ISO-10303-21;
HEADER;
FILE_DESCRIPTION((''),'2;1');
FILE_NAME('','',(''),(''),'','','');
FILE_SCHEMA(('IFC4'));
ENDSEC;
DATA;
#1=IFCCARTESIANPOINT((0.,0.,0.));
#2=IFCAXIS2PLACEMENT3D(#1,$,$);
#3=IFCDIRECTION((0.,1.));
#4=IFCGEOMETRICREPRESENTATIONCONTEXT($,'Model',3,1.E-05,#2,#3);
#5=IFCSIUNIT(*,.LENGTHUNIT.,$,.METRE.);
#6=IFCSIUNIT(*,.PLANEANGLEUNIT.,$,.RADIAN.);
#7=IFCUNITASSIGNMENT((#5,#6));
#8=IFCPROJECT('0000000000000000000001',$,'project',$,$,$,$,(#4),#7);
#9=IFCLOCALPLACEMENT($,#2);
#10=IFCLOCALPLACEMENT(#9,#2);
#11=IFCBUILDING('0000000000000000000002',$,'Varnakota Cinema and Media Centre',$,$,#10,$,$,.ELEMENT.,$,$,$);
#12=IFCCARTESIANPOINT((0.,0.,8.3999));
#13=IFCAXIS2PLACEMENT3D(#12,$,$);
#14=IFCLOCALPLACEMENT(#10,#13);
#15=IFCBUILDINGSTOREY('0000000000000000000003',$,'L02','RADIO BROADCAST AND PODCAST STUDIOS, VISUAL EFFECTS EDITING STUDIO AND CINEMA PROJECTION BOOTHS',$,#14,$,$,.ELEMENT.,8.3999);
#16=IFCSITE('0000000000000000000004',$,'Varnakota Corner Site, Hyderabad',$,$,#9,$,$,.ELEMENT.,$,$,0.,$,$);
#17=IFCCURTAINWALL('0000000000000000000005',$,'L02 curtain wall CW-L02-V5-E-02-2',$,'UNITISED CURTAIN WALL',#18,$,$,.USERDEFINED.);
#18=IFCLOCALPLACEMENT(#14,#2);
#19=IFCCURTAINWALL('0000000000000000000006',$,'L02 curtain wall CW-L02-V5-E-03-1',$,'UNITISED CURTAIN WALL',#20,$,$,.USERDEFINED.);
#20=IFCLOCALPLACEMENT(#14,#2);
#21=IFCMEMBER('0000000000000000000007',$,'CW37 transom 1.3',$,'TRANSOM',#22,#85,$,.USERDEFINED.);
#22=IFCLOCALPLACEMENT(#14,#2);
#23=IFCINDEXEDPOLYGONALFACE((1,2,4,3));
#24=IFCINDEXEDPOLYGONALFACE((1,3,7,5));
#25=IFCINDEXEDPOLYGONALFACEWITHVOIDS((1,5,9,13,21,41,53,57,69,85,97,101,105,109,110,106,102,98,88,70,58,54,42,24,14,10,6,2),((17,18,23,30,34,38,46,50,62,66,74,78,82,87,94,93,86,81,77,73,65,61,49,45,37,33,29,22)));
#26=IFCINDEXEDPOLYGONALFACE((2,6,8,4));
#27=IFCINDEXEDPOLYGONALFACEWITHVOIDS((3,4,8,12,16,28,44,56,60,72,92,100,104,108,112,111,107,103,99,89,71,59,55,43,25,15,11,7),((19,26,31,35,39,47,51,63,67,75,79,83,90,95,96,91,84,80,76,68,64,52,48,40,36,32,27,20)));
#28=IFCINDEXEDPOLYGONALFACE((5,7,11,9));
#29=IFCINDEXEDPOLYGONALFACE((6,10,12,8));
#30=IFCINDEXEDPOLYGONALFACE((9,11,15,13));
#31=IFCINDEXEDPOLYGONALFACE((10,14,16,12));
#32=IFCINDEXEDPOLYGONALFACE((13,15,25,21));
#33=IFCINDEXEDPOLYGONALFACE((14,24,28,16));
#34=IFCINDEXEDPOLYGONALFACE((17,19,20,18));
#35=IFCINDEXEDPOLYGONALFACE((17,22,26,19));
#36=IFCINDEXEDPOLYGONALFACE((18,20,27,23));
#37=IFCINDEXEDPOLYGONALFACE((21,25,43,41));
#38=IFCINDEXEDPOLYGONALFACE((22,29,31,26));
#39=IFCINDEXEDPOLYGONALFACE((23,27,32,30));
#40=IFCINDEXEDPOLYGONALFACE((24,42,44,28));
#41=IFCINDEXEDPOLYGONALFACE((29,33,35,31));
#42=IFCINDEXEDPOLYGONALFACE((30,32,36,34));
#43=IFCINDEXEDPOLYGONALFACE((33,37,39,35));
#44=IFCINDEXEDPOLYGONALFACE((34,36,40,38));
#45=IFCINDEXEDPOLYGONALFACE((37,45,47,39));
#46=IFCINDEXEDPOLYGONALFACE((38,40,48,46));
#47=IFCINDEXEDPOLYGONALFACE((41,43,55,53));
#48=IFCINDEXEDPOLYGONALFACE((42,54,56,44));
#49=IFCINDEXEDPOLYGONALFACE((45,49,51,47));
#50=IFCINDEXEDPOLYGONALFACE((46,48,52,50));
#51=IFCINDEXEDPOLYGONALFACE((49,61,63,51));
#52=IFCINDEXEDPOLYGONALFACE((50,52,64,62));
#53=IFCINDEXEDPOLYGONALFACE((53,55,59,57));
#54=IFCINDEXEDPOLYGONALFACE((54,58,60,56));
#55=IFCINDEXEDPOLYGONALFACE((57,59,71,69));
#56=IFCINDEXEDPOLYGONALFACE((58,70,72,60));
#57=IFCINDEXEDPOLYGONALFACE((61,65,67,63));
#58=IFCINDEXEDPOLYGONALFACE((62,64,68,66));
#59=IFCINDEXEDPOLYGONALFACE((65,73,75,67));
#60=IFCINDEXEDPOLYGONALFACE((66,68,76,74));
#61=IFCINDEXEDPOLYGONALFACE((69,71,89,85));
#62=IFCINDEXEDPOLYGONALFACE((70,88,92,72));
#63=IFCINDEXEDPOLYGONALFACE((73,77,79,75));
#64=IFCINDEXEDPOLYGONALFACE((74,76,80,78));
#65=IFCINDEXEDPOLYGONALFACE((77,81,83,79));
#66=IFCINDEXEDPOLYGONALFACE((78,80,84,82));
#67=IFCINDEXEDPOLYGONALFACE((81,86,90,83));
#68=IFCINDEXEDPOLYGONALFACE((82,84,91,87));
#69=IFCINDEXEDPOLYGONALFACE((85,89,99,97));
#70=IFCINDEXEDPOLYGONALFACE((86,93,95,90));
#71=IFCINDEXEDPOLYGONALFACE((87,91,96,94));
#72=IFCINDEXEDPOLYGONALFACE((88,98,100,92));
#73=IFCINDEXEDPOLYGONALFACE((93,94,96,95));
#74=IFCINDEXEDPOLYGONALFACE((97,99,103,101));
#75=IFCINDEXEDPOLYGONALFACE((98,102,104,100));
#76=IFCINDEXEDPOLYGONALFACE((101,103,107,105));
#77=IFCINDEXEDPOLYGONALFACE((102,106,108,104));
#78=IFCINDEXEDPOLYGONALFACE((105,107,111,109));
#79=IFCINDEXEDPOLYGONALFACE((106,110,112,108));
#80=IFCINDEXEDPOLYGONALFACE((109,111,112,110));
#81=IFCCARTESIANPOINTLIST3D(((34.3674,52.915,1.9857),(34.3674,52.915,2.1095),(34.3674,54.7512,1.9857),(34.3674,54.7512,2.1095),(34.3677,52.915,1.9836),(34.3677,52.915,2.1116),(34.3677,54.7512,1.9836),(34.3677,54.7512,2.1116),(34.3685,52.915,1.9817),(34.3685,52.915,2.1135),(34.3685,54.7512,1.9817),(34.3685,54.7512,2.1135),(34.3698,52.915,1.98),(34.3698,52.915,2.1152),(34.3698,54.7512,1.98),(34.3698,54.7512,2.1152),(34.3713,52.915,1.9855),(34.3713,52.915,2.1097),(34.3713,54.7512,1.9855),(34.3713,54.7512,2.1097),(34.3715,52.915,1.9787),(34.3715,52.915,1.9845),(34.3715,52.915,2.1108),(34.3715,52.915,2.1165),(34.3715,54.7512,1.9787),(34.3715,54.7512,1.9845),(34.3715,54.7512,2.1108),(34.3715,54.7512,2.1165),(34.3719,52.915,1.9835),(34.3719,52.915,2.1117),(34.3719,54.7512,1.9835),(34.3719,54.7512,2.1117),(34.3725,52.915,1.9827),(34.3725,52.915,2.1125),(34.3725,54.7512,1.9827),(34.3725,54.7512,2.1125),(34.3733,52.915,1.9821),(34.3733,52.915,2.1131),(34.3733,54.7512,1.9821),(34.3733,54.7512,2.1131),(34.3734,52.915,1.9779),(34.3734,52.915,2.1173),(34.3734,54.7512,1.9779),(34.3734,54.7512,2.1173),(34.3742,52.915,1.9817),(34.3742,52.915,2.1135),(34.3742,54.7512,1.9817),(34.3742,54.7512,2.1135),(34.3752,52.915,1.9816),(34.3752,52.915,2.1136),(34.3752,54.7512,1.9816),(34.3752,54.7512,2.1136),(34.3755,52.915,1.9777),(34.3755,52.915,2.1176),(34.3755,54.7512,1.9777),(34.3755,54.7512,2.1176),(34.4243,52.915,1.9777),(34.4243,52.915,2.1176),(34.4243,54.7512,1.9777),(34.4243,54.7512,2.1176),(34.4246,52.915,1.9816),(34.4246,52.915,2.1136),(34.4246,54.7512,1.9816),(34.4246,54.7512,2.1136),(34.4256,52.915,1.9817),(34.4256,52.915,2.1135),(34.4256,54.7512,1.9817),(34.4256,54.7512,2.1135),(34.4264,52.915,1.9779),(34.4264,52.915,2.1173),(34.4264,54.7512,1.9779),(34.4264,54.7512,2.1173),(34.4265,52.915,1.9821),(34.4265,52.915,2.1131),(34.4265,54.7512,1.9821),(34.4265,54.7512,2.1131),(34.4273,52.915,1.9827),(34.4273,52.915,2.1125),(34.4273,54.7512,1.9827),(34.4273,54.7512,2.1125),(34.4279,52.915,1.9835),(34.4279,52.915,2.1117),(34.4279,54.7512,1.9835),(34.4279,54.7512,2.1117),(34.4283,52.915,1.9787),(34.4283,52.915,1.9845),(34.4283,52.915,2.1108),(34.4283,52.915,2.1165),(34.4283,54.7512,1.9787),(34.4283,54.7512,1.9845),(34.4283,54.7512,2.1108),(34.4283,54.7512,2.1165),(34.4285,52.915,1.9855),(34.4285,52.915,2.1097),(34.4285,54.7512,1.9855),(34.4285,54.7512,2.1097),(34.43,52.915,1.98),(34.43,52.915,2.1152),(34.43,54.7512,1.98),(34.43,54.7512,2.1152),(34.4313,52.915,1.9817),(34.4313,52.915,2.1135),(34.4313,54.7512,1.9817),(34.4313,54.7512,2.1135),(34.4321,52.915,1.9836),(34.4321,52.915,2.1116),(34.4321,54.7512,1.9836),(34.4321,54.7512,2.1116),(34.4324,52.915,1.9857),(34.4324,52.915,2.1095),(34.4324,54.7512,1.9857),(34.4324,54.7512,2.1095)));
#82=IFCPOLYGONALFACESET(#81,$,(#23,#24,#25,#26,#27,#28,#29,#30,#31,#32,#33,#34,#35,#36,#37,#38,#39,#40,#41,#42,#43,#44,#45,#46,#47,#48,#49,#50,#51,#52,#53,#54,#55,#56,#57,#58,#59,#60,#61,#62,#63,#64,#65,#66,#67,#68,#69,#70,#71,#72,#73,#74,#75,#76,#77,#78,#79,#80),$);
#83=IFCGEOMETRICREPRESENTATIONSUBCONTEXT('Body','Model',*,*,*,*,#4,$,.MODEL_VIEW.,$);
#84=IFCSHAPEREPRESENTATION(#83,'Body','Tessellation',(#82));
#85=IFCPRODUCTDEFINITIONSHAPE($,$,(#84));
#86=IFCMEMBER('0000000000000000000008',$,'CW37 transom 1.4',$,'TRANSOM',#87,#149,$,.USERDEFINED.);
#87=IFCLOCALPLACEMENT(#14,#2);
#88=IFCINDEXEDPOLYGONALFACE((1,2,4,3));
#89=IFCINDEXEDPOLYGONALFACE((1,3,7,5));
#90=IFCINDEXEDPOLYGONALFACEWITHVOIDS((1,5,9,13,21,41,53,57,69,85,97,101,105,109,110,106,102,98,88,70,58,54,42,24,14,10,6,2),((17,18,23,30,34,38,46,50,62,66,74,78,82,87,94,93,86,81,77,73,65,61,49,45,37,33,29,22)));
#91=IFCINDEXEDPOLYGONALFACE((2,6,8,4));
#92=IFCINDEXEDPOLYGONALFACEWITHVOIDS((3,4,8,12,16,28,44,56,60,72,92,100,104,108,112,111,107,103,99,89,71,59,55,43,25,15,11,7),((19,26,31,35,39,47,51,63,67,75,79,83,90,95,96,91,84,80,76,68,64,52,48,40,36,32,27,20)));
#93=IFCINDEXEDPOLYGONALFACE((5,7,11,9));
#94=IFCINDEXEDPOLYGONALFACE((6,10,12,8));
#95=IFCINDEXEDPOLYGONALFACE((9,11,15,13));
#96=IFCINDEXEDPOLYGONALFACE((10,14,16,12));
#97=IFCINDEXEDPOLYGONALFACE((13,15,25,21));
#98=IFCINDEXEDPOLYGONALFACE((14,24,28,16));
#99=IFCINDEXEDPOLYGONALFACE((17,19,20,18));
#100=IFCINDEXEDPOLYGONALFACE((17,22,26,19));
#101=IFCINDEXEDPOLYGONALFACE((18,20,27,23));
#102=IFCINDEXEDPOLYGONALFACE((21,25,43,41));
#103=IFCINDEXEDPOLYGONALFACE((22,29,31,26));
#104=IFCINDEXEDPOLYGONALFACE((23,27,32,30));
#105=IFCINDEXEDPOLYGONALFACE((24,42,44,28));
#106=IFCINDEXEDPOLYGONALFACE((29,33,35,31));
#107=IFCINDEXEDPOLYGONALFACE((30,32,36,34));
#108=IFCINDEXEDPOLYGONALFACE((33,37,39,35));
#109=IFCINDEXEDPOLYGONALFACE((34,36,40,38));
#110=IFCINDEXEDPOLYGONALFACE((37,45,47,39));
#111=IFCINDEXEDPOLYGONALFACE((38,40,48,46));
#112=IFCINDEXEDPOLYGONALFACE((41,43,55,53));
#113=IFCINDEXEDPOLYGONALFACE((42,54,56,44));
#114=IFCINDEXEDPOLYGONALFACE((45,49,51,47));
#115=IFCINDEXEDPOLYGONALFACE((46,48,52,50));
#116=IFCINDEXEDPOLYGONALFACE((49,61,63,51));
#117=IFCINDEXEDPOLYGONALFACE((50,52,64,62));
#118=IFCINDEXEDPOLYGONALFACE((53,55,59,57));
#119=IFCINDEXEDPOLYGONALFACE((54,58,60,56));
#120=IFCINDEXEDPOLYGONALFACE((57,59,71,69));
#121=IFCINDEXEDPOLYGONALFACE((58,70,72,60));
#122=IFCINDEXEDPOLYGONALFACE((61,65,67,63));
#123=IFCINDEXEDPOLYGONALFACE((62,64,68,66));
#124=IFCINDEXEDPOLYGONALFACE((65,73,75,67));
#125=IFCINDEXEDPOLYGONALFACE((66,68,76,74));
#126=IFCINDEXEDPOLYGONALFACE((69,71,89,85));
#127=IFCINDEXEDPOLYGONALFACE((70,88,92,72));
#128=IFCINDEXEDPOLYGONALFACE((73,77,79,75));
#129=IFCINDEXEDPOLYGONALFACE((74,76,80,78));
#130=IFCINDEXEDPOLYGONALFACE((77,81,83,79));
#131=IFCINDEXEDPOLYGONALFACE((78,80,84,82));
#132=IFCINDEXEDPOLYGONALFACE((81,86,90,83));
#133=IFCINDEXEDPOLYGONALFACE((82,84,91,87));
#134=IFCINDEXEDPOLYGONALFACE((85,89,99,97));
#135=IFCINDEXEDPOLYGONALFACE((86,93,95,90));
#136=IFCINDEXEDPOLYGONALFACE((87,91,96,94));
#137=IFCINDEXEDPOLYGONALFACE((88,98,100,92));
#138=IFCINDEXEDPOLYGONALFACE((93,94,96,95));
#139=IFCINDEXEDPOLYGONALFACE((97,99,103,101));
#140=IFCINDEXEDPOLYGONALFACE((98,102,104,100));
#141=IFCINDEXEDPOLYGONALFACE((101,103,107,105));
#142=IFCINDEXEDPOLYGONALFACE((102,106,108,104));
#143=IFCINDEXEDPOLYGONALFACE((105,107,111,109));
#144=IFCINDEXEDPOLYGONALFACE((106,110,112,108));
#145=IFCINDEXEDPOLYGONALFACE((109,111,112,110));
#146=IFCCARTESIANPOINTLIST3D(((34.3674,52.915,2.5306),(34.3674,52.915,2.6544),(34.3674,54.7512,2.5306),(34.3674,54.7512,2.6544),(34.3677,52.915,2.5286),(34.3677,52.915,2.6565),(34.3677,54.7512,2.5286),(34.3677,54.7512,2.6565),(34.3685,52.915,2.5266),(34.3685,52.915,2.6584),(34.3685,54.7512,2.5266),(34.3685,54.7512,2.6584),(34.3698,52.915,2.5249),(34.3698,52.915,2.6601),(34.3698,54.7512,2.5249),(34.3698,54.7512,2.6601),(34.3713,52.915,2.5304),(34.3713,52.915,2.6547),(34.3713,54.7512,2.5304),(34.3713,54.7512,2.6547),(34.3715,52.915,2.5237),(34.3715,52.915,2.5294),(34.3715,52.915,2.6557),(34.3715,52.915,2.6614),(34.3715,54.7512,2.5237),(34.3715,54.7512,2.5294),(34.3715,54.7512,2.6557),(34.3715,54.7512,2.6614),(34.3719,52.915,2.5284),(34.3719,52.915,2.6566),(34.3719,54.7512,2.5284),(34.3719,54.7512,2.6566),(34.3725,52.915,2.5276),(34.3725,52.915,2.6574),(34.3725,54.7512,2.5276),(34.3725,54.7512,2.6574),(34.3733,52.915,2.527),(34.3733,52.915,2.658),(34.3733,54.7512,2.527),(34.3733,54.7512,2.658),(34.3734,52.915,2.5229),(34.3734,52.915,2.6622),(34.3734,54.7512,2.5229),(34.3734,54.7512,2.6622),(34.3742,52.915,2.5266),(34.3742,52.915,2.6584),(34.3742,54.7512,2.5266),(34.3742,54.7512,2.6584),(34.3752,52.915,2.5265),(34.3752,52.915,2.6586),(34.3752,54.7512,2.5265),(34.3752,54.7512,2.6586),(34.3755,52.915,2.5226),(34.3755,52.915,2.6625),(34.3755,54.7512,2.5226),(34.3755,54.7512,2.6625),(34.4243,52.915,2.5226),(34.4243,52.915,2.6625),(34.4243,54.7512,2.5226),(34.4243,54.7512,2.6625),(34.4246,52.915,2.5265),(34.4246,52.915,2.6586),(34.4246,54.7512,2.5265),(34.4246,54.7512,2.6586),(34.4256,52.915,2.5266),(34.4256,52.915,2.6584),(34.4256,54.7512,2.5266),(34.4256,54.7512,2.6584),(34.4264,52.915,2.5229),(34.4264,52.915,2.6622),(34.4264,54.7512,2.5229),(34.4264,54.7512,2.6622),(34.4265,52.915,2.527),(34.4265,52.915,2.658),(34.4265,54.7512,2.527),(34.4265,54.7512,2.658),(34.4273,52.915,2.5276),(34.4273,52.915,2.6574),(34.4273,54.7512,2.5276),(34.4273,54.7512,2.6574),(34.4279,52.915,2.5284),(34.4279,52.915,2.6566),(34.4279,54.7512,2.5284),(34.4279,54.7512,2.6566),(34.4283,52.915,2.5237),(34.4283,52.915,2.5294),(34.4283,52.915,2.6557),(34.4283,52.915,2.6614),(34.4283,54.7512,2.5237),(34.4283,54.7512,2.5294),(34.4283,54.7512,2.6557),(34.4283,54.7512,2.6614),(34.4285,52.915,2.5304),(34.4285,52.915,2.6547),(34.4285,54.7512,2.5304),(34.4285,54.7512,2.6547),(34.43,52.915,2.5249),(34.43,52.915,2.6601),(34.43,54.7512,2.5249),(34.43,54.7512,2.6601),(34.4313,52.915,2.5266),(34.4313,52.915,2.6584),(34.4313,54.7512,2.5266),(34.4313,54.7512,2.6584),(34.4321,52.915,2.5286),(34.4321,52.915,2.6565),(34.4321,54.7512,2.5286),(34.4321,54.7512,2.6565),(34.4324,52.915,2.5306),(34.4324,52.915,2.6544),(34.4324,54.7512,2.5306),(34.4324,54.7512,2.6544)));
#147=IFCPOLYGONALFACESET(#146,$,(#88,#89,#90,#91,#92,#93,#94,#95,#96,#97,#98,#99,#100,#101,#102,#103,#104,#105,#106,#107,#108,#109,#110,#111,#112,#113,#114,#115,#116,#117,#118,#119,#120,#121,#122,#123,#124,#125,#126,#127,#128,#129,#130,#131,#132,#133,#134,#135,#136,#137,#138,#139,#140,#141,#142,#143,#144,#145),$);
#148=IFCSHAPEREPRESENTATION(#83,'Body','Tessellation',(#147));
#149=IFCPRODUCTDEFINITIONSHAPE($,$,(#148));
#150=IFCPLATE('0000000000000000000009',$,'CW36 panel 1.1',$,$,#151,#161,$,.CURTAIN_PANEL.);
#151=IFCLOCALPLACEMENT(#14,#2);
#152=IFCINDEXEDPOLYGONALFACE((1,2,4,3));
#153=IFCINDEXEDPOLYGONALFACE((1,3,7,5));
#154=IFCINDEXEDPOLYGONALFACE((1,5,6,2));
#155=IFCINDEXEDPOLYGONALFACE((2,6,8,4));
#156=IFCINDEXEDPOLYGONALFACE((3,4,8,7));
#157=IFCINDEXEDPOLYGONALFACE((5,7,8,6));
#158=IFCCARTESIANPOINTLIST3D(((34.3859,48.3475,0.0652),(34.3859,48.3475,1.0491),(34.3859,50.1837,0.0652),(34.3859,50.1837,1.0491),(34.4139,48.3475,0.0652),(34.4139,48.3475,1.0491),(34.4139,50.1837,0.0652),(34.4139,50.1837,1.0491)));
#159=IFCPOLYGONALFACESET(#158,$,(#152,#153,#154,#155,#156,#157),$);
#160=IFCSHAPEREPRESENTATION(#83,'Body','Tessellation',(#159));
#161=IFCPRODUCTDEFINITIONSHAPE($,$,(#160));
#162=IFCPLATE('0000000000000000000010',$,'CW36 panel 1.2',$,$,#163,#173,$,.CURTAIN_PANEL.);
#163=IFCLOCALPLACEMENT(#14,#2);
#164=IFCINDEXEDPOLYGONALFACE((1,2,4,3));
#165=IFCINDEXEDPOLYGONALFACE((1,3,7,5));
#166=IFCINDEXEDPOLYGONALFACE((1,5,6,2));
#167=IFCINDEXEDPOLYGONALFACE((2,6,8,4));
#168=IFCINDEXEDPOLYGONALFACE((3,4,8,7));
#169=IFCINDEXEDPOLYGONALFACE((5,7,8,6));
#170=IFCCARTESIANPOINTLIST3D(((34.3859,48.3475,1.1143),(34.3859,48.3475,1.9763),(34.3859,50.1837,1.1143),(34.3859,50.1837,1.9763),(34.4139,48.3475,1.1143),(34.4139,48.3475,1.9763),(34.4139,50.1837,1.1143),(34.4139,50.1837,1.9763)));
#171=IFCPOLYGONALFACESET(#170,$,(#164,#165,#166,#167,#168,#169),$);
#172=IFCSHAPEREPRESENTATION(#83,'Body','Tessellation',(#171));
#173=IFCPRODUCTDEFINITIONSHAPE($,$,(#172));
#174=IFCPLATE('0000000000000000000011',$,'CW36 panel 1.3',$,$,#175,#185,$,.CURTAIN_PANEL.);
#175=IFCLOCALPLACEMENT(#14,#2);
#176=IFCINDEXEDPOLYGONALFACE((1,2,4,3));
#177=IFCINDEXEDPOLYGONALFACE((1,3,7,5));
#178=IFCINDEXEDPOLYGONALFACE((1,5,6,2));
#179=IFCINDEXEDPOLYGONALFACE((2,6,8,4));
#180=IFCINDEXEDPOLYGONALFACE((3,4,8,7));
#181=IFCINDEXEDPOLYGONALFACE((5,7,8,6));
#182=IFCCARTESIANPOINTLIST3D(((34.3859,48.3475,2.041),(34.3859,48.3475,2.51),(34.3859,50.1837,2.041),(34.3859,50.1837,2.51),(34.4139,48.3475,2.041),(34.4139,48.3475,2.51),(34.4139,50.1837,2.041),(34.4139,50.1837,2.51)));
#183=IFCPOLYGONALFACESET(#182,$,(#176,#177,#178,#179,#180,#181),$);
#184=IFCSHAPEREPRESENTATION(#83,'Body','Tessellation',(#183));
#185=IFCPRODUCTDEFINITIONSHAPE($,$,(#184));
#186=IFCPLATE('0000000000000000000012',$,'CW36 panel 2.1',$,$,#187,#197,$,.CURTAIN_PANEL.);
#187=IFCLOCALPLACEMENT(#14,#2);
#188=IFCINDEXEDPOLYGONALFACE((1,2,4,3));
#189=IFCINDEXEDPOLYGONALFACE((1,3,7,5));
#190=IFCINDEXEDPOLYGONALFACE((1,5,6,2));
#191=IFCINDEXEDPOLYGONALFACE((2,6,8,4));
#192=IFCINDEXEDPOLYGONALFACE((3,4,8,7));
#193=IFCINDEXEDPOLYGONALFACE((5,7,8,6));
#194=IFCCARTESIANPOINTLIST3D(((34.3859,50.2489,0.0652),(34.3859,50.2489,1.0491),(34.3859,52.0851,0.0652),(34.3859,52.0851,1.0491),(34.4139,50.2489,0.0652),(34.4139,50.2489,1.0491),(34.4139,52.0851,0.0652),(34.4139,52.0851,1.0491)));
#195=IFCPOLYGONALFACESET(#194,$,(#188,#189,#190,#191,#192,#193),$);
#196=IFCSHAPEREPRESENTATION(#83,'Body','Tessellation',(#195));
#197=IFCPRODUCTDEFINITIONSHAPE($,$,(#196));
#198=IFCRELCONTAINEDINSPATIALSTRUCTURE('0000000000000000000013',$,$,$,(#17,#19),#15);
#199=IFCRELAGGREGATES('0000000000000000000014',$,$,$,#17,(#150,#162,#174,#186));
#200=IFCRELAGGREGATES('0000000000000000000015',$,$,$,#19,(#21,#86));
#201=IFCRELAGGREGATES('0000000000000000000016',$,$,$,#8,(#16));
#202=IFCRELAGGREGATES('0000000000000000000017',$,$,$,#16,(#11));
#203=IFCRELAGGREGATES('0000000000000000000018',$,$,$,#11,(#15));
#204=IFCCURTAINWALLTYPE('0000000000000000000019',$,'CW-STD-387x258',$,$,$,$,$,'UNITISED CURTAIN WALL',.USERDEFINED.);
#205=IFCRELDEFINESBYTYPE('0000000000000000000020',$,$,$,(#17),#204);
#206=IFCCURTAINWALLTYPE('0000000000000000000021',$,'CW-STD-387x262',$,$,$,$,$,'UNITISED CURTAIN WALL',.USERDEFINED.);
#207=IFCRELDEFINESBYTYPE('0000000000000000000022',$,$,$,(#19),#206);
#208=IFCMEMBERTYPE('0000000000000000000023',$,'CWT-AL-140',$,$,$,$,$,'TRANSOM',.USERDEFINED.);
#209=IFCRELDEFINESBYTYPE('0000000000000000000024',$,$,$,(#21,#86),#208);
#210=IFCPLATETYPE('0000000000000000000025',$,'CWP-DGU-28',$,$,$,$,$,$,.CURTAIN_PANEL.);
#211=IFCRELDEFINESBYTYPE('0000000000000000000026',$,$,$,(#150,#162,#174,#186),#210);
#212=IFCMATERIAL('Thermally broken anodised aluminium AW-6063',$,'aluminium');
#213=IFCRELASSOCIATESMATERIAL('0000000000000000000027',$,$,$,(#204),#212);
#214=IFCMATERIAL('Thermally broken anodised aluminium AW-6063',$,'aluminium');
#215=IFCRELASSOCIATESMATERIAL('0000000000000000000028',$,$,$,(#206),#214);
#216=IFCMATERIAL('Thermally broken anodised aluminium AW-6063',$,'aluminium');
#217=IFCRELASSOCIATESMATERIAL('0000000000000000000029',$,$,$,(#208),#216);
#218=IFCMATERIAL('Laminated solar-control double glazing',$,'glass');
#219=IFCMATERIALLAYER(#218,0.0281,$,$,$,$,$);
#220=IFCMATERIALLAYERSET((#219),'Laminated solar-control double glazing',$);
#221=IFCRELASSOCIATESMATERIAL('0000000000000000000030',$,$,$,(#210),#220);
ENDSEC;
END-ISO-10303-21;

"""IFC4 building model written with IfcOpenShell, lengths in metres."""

from ifc_helpers import new_model, si_unit, direction, frame, origin, origin_2d, place, context, subcontext, project, spatial, rectangle, hollow_rectangle, extrude, material, layer, layer_set, material_profile, profile_set, type_object, element, aggregate, save


model = new_model("IFC4")

# Units and contexts
model_context = context("Model", 3, precision=1e-05, world=origin(), true_north=direction((0.0, 1.0)))
body_context = subcontext(model_context, "Body", "Model", "MODEL_VIEW")
ifc_project = project(units=[si_unit("LENGTHUNIT", "METRE"), si_unit("PLANEANGLEUNIT", "RADIAN")], contexts=[model_context])

# Site, building, storey
site_placement = place(None, origin())
site = spatial("IfcSite", under=ifc_project, at=site_placement, Name="Varnakota Corner Site, Hyderabad", CompositionType="ELEMENT", RefElevation=0.0)
building_placement = place(site_placement, origin())
building = spatial("IfcBuilding", under=site, at=building_placement, Name="Varnakota Cinema and Media Centre", CompositionType="ELEMENT")
storey_placement = place(building_placement, frame((0.0, 0.0, 8.3999)))
storey = spatial("IfcBuildingStorey", under=building, at=storey_placement, Name="L02", Description="RADIO BROADCAST AND PODCAST STUDIOS, VISUAL EFFECTS EDITING STUDIO AND CINEMA PROJECTION BOOTHS", CompositionType="ELEMENT", Elevation=8.3999)

# Curtain walls
ifc_material_1 = material(Name="Thermally broken anodised aluminium AW-6063", Category="aluminium")
curtain_wall_type_1 = type_object("IfcCurtainWallType", Name="CW-STD-387x258", ElementType="UNITISED CURTAIN WALL", PredefinedType="USERDEFINED", material=ifc_material_1)
curtain_wall_1_placement = place(storey_placement, origin())
curtain_wall_1 = element("IfcCurtainWall", 1, at=curtain_wall_1_placement, inside=storey, type_object=curtain_wall_type_1, Name="L02 curtain wall CW-L02-V5-E-02-2", ObjectType="UNITISED CURTAIN WALL", PredefinedType="USERDEFINED")
ifc_material_2 = material(Name="Thermally broken anodised aluminium AW-6063", Category="aluminium")
curtain_wall_type_2 = type_object("IfcCurtainWallType", Name="CW-STD-387x262", ElementType="UNITISED CURTAIN WALL", PredefinedType="USERDEFINED", material=ifc_material_2)
curtain_wall_2_placement = place(storey_placement, origin())
curtain_wall_2 = element("IfcCurtainWall", 2, at=curtain_wall_2_placement, inside=storey, type_object=curtain_wall_type_2, Name="L02 curtain wall CW-L02-V5-E-03-1", ObjectType="UNITISED CURTAIN WALL", PredefinedType="USERDEFINED")

# Members
ifc_material_3 = material(Name="Thermally broken anodised aluminium AW-6063", Category="aluminium")
ifc_material_profile_1 = material_profile(ifc_material_3, hollow_rectangle(XDim=0.0649, YDim=0.1399, WallThickness=0.0039, InnerFilletRadius=0.0039, OuterFilletRadius=0.0081, at=origin_2d()), Name="AL-TRANSOM 140x65x4")
ifc_profile_set_1 = profile_set([ifc_material_profile_1], Name="Thermally broken anodised aluminium AW-6063")
member_type_1 = type_object("IfcMemberType", Name="CWT-AL-140", ElementType="TRANSOM", PredefinedType="USERDEFINED", material=ifc_profile_set_1)
member_1_placement = place(storey_placement, frame((34.3999, 52.915, 2.0476), z_axis=(0.0, 1.0, 0.0), x_axis=(-1.0, 0.0, 0.0)))
member_1 = element("IfcMember", 3, at=member_1_placement, type_object=member_type_1, Name="CW37 transom 1.3", ObjectType="TRANSOM", PredefinedType="USERDEFINED", context=body_context, shape_type="SweptSolid", body=[
    extrude(hollow_rectangle(XDim=0.0649, YDim=0.1399, WallThickness=0.0039, InnerFilletRadius=0.0039, OuterFilletRadius=0.0081, at=origin_2d()), origin(), (0.0, 0.0, 1.0), 1.8362),
])
member_2_placement = place(storey_placement, frame((34.3999, 52.915, 2.5925), z_axis=(0.0, 1.0, 0.0), x_axis=(-1.0, 0.0, 0.0)))
member_2 = element("IfcMember", 4, at=member_2_placement, type_object=member_type_1, Name="CW37 transom 1.4", ObjectType="TRANSOM", PredefinedType="USERDEFINED", context=body_context, shape_type="SweptSolid", body=[
    extrude(hollow_rectangle(XDim=0.0649, YDim=0.1399, WallThickness=0.0039, InnerFilletRadius=0.0039, OuterFilletRadius=0.0081, at=origin_2d()), origin(), (0.0, 0.0, 1.0), 1.8362),
])

# Plates
ifc_material_4 = material(Name="Laminated solar-control double glazing", Category="glass")
ifc_layer = layer(ifc_material_4, 0.0281)
ifc_layer_set = layer_set([ifc_layer], Name="Laminated solar-control double glazing")
plate_type = type_object("IfcPlateType", Name="CWP-DGU-28", PredefinedType="CURTAIN_PANEL", material=ifc_layer_set)
plate_1_placement = place(storey_placement, frame((34.3999, 49.2656, 0.0652), z_axis=(0.0, 0.0, 1.0), x_axis=(0.0, 1.0, 0.0)))
plate_1 = element("IfcPlate", 5, at=plate_1_placement, type_object=plate_type, Name="CW36 panel 1.1", PredefinedType="CURTAIN_PANEL", context=body_context, shape_type="SweptSolid", body=[
    extrude(rectangle(XDim=1.8362, YDim=0.0281, at=origin_2d()), origin(), (0.0, 0.0, 1.0), 0.9839),
])
plate_2_placement = place(storey_placement, frame((34.3999, 49.2656, 1.1143), z_axis=(0.0, 0.0, 1.0), x_axis=(0.0, 1.0, 0.0)))
plate_2 = element("IfcPlate", 6, at=plate_2_placement, type_object=plate_type, Name="CW36 panel 1.2", PredefinedType="CURTAIN_PANEL", context=body_context, shape_type="SweptSolid", body=[
    extrude(rectangle(XDim=1.8362, YDim=0.0281, at=origin_2d()), origin(), (0.0, 0.0, 1.0), 0.8621),
])
plate_3_placement = place(storey_placement, frame((34.3999, 49.2656, 2.041), z_axis=(0.0, 0.0, 1.0), x_axis=(0.0, 1.0, 0.0)))
plate_3 = element("IfcPlate", 7, at=plate_3_placement, type_object=plate_type, Name="CW36 panel 1.3", PredefinedType="CURTAIN_PANEL", context=body_context, shape_type="SweptSolid", body=[
    extrude(rectangle(XDim=1.8362, YDim=0.0281, at=origin_2d()), origin(), (0.0, 0.0, 1.0), 0.469),
])
plate_4_placement = place(storey_placement, frame((34.3999, 51.167, 0.0652), z_axis=(0.0, 0.0, 1.0), x_axis=(0.0, 1.0, 0.0)))
plate_4 = element("IfcPlate", 8, at=plate_4_placement, type_object=plate_type, Name="CW36 panel 2.1", PredefinedType="CURTAIN_PANEL", context=body_context, shape_type="SweptSolid", body=[
    extrude(rectangle(XDim=1.8362, YDim=0.0281, at=origin_2d()), origin(), (0.0, 0.0, 1.0), 0.9839),
])
aggregate(curtain_wall_1, [plate_1, plate_2, plate_3, plate_4])
aggregate(curtain_wall_2, [member_1, member_2])

save(model, "model.ifc")
